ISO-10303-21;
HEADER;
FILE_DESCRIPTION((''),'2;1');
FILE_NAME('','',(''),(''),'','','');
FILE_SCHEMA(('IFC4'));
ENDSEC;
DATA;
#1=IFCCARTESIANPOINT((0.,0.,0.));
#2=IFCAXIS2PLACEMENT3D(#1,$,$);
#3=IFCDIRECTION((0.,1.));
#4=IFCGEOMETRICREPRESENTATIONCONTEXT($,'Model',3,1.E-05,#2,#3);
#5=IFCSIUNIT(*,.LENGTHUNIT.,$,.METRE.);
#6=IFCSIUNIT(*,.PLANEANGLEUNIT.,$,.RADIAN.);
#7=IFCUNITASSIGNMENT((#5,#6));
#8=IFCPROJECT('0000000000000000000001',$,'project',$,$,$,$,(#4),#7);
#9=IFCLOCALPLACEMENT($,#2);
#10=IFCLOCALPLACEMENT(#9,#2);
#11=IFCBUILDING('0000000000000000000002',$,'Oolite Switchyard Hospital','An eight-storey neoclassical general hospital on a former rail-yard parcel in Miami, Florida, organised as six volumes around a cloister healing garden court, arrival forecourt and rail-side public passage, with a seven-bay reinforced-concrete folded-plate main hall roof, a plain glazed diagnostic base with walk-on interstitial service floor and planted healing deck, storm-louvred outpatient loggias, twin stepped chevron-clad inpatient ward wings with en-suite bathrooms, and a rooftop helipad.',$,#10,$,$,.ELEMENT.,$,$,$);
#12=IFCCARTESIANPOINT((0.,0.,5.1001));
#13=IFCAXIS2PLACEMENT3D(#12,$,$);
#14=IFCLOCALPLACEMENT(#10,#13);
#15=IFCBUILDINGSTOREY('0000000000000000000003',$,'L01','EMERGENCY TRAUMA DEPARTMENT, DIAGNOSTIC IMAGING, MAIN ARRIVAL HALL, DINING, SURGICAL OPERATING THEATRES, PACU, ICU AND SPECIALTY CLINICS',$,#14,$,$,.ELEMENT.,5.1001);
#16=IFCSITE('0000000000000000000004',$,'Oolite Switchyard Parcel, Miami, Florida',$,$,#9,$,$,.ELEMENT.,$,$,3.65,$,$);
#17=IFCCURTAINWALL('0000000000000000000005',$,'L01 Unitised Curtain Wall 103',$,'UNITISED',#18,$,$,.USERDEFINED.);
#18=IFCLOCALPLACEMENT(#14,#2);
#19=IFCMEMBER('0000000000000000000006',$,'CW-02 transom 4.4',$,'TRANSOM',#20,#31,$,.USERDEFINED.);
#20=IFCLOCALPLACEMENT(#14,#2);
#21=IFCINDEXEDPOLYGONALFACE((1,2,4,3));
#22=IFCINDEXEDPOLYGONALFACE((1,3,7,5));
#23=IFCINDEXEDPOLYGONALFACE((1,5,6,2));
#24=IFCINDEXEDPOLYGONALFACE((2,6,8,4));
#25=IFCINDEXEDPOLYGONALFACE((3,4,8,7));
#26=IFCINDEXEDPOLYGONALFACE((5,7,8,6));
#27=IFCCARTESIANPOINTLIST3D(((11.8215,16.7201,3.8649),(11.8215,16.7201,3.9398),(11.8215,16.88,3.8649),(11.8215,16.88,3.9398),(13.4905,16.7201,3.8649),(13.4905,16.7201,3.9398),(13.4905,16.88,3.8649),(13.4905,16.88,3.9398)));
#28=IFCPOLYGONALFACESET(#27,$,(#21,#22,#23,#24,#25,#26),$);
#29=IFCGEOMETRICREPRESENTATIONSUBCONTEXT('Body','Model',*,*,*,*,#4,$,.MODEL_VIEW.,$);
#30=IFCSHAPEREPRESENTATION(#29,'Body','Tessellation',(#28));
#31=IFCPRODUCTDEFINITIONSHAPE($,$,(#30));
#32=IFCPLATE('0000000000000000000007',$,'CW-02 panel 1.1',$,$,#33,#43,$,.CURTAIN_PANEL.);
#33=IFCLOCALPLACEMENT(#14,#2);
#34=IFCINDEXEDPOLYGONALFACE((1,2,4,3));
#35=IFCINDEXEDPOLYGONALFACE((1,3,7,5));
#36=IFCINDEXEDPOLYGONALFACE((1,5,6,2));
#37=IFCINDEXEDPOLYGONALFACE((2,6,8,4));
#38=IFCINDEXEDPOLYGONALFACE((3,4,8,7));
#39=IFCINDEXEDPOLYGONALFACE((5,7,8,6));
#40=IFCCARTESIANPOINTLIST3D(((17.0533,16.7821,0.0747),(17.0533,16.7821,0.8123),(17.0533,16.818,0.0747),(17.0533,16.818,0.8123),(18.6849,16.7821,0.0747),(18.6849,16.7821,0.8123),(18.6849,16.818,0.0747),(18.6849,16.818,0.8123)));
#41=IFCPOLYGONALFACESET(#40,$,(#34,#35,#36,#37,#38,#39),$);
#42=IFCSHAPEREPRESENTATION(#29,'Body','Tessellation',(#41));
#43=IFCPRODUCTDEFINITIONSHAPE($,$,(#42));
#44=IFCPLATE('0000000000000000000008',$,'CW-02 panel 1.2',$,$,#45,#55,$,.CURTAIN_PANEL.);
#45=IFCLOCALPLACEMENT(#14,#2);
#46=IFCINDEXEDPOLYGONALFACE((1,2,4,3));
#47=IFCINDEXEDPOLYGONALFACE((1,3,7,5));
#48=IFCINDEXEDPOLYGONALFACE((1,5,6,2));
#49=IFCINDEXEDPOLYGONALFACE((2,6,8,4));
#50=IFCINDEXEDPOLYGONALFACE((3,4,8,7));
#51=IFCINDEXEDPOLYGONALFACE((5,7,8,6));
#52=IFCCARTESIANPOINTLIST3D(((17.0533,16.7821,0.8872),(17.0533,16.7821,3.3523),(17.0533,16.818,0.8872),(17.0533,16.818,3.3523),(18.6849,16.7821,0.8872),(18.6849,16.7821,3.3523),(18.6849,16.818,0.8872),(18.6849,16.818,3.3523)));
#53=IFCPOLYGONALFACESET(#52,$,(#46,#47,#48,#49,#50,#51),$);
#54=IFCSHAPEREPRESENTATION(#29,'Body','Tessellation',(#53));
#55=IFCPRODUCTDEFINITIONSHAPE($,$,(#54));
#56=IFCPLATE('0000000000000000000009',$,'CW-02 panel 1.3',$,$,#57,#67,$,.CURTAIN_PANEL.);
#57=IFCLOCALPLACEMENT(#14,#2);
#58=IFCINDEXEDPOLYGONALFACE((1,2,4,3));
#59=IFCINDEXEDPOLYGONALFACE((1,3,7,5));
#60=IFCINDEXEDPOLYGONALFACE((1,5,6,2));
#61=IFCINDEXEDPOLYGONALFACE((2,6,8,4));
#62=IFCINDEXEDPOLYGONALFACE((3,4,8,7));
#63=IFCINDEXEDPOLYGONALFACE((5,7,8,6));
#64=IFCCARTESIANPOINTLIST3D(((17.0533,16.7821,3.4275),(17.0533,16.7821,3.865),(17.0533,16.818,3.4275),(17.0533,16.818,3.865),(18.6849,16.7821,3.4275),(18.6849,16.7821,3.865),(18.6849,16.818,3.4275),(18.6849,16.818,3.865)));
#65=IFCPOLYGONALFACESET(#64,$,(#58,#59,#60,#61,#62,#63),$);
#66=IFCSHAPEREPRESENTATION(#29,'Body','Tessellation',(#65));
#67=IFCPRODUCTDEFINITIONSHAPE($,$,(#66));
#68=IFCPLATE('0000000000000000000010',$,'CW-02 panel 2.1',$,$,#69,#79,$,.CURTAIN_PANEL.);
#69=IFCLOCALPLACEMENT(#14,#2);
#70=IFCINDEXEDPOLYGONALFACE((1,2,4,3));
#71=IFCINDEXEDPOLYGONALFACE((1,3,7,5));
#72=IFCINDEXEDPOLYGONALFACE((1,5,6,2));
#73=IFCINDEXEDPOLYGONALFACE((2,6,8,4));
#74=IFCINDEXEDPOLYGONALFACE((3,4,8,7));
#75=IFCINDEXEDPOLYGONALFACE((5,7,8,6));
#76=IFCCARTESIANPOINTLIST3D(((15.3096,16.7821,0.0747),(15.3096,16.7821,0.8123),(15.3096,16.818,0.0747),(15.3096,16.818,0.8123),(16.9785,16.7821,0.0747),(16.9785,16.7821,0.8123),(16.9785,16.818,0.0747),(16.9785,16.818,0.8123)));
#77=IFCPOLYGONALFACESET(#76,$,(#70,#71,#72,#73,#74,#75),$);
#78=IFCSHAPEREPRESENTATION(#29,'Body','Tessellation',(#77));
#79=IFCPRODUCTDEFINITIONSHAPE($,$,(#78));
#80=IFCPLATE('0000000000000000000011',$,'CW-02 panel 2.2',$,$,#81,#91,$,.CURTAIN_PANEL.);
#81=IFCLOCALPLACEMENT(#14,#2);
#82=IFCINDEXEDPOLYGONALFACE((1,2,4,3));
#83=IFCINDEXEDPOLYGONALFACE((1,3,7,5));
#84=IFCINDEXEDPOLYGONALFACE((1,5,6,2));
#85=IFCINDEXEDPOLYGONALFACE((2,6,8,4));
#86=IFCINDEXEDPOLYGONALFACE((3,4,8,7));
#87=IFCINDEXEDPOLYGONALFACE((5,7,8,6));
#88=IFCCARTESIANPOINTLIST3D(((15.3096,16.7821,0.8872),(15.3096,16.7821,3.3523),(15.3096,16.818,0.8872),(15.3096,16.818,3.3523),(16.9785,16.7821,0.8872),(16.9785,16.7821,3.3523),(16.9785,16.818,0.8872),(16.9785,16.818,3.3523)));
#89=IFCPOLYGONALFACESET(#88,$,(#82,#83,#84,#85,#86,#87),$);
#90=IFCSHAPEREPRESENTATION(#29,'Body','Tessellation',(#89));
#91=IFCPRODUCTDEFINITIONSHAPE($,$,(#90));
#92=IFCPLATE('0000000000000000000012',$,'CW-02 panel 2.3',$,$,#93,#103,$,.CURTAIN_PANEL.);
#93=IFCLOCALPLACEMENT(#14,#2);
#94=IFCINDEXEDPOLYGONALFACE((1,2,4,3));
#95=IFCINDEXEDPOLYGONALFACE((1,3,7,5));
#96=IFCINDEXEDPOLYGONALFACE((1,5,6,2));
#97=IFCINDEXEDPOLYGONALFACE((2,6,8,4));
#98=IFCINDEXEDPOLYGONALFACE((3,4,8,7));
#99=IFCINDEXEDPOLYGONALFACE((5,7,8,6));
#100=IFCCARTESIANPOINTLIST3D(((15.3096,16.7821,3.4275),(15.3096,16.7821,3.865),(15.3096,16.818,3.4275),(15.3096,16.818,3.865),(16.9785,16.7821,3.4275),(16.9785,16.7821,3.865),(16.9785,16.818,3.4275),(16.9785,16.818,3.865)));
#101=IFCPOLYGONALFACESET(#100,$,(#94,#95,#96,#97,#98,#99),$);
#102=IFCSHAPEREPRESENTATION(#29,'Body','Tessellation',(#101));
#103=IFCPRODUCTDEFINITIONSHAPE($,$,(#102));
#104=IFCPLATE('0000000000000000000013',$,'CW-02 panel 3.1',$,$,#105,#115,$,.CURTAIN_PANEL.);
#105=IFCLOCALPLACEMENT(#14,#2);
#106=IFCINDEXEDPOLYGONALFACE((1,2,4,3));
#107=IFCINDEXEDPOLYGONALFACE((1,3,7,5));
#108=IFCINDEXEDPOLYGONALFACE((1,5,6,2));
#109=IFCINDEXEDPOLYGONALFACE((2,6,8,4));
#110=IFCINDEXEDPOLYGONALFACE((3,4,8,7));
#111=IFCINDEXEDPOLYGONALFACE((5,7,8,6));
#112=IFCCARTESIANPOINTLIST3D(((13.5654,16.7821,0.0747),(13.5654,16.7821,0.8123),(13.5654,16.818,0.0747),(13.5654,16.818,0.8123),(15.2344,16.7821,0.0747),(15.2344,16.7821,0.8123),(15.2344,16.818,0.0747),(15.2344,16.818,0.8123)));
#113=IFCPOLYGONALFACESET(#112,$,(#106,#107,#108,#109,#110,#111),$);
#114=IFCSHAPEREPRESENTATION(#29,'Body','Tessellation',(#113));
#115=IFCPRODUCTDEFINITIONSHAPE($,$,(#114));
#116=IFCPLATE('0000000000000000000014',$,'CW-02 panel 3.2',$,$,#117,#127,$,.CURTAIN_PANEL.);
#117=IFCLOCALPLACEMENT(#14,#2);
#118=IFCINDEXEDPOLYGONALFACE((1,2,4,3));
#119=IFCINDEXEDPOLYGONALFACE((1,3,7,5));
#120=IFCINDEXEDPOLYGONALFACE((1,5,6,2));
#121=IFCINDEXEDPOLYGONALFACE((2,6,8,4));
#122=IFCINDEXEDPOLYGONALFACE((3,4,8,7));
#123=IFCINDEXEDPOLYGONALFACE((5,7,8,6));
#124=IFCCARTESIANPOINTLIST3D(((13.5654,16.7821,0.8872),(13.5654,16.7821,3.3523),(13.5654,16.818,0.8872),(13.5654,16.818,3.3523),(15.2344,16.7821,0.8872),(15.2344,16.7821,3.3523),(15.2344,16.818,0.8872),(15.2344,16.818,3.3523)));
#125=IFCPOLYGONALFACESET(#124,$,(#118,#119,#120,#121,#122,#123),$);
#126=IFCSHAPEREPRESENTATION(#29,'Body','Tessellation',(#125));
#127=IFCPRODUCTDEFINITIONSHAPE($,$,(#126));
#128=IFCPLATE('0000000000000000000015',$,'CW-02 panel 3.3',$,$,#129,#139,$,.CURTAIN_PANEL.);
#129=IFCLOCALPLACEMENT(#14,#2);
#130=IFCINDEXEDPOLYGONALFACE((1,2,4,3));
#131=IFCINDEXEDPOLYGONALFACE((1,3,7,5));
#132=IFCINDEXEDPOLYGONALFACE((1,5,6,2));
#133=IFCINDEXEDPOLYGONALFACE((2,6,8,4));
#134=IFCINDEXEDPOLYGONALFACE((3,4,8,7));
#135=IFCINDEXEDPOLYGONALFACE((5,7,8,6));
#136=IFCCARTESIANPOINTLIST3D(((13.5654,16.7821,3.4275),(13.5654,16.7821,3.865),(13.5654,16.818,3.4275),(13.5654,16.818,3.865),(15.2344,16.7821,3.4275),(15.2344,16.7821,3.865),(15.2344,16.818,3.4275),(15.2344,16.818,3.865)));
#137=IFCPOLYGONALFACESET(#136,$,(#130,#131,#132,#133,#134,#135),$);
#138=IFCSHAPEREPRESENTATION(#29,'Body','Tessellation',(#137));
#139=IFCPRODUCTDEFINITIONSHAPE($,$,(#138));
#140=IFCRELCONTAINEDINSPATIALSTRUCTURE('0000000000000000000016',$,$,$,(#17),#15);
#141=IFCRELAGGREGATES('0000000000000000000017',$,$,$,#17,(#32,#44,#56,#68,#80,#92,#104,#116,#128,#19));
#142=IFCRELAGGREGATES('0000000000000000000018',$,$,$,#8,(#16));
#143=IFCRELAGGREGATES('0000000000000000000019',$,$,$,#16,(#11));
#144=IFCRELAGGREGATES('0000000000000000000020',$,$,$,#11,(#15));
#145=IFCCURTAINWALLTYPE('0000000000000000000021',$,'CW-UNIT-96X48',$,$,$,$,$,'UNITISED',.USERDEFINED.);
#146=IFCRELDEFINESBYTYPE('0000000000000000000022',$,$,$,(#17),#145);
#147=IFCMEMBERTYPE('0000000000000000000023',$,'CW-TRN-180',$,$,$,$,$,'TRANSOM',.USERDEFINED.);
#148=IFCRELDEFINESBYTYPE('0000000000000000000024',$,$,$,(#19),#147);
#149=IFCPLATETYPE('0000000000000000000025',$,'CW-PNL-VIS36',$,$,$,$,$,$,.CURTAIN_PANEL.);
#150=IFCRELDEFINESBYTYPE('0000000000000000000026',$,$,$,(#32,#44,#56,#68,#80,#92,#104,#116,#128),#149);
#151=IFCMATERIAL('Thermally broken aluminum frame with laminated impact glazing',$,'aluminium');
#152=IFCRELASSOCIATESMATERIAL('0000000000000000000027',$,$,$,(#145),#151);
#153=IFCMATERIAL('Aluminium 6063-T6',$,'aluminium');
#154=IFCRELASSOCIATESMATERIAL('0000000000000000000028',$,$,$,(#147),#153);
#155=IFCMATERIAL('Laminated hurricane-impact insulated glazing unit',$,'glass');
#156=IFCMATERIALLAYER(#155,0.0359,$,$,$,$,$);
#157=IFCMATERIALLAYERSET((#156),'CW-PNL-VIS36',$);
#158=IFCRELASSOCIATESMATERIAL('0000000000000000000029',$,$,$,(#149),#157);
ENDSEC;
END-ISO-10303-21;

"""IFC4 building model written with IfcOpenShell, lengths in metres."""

from ifc_helpers import new_model, si_unit, direction, frame, origin, origin_2d, place, context, subcontext, project, spatial, rectangle, extrude, material, layer, layer_set, material_profile, profile_set, type_object, element, aggregate, save


model = new_model("IFC4")

# Units and contexts
model_context = context("Model", 3, precision=1e-05, world=origin(), true_north=direction((0.0, 1.0)))
body_context = subcontext(model_context, "Body", "Model", "MODEL_VIEW")
ifc_project = project(units=[si_unit("LENGTHUNIT", "METRE"), si_unit("PLANEANGLEUNIT", "RADIAN")], contexts=[model_context])

# Site, building, storey
site_placement = place(None, origin())
site = spatial("IfcSite", under=ifc_project, at=site_placement, Name="Oolite Switchyard Parcel, Miami, Florida", CompositionType="ELEMENT", RefElevation=3.65)
building_placement = place(site_placement, origin())
building = spatial("IfcBuilding", under=site, at=building_placement, Name="Oolite Switchyard Hospital", Description="An eight-storey neoclassical general hospital on a former rail-yard parcel in Miami, Florida, organised as six volumes around a cloister healing garden court, arrival forecourt and rail-side public passage, with a seven-bay reinforced-concrete folded-plate main hall roof, a plain glazed diagnostic base with walk-on interstitial service floor and planted healing deck, storm-louvred outpatient loggias, twin stepped chevron-clad inpatient ward wings with en-suite bathrooms, and a rooftop helipad.", CompositionType="ELEMENT")
storey_placement = place(building_placement, frame((0.0, 0.0, 5.1001)))
storey = spatial("IfcBuildingStorey", under=building, at=storey_placement, Name="L01", Description="EMERGENCY TRAUMA DEPARTMENT, DIAGNOSTIC IMAGING, MAIN ARRIVAL HALL, DINING, SURGICAL OPERATING THEATRES, PACU, ICU AND SPECIALTY CLINICS", CompositionType="ELEMENT", Elevation=5.1001)

# Curtain wall, member, plates
ifc_material_1 = material(Name="Thermally broken aluminum frame with laminated impact glazing", Category="aluminium")
curtain_wall_type = type_object("IfcCurtainWallType", Name="CW-UNIT-96X48", ElementType="UNITISED", PredefinedType="USERDEFINED", material=ifc_material_1)
curtain_wall_placement = place(storey_placement, origin())
curtain_wall = element("IfcCurtainWall", 1, at=curtain_wall_placement, inside=storey, type_object=curtain_wall_type, Name="L01 Unitised Curtain Wall 103", ObjectType="UNITISED", PredefinedType="USERDEFINED")
ifc_material_2 = material(Name="Aluminium 6063-T6", Category="aluminium")
ifc_material_profile_1 = material_profile(ifc_material_2, rectangle(XDim=0.1599, YDim=0.075, at=origin_2d()), Name="CWT75X160")
ifc_profile_set_1 = profile_set([ifc_material_profile_1], Name="Aluminium 6063-T6")
member_type_1 = type_object("IfcMemberType", Name="CW-TRN-180", ElementType="TRANSOM", PredefinedType="USERDEFINED", material=ifc_profile_set_1)
member_1_placement = place(storey_placement, frame((13.4905, 16.8, 3.9023), z_axis=(-1.0, 0.0, 0.0), x_axis=(0.0, -1.0, 0.0)))
member_1 = element("IfcMember", 2, at=member_1_placement, type_object=member_type_1, Name="CW-02 transom 4.4", ObjectType="TRANSOM", PredefinedType="USERDEFINED", context=body_context, shape_type="SweptSolid", body=[
    extrude(rectangle(XDim=0.1599, YDim=0.075, at=origin_2d()), origin(), (0.0, 0.0, 1.0), 1.6689),
])
ifc_material_3 = material(Name="Laminated hurricane-impact insulated glazing unit", Category="glass")
ifc_layer = layer(ifc_material_3, 0.0359)
ifc_layer_set = layer_set([ifc_layer], Name="CW-PNL-VIS36")
plate_type = type_object("IfcPlateType", Name="CW-PNL-VIS36", PredefinedType="CURTAIN_PANEL", material=ifc_layer_set)
plate_1_placement = place(storey_placement, frame((17.8691, 16.8, 0.0747), z_axis=(0.0, 0.0, 1.0), x_axis=(-1.0, 0.0, 0.0)))
plate_1 = element("IfcPlate", 3, at=plate_1_placement, type_object=plate_type, Name="CW-02 panel 1.1", PredefinedType="CURTAIN_PANEL", context=body_context, shape_type="SweptSolid", body=[
    extrude(rectangle(XDim=1.6316, YDim=0.0359, at=origin_2d()), origin(), (0.0, 0.0, 1.0), 0.7375),
])
plate_2_placement = place(storey_placement, frame((17.8691, 16.8, 0.8872), z_axis=(0.0, 0.0, 1.0), x_axis=(-1.0, 0.0, 0.0)))
plate_2 = element("IfcPlate", 4, at=plate_2_placement, type_object=plate_type, Name="CW-02 panel 1.2", PredefinedType="CURTAIN_PANEL", context=body_context, shape_type="SweptSolid", body=[
    extrude(rectangle(XDim=1.6316, YDim=0.0359, at=origin_2d()), origin(), (0.0, 0.0, 1.0), 2.4651),
])
plate_3_placement = place(storey_placement, frame((17.8691, 16.8, 3.4275), z_axis=(0.0, 0.0, 1.0), x_axis=(-1.0, 0.0, 0.0)))
plate_3 = element("IfcPlate", 5, at=plate_3_placement, type_object=plate_type, Name="CW-02 panel 1.3", PredefinedType="CURTAIN_PANEL", context=body_context, shape_type="SweptSolid", body=[
    extrude(rectangle(XDim=1.6316, YDim=0.0359, at=origin_2d()), origin(), (0.0, 0.0, 1.0), 0.4375),
])
plate_4_placement = place(storey_placement, frame((16.144, 16.8, 0.0747), z_axis=(0.0, 0.0, 1.0), x_axis=(-1.0, 0.0, 0.0)))
plate_4 = element("IfcPlate", 6, at=plate_4_placement, type_object=plate_type, Name="CW-02 panel 2.1", PredefinedType="CURTAIN_PANEL", context=body_context, shape_type="SweptSolid", body=[
    extrude(rectangle(XDim=1.6689, YDim=0.0359, at=origin_2d()), origin(), (0.0, 0.0, 1.0), 0.7375),
])
plate_5_placement = place(storey_placement, frame((16.144, 16.8, 0.8872), z_axis=(0.0, 0.0, 1.0), x_axis=(-1.0, 0.0, 0.0)))
plate_5 = element("IfcPlate", 7, at=plate_5_placement, type_object=plate_type, Name="CW-02 panel 2.2", PredefinedType="CURTAIN_PANEL", context=body_context, shape_type="SweptSolid", body=[
    extrude(rectangle(XDim=1.6689, YDim=0.0359, at=origin_2d()), origin(), (0.0, 0.0, 1.0), 2.4651),
])
plate_6_placement = place(storey_placement, frame((16.144, 16.8, 3.4275), z_axis=(0.0, 0.0, 1.0), x_axis=(-1.0, 0.0, 0.0)))
plate_6 = element("IfcPlate", 8, at=plate_6_placement, type_object=plate_type, Name="CW-02 panel 2.3", PredefinedType="CURTAIN_PANEL", context=body_context, shape_type="SweptSolid", body=[
    extrude(rectangle(XDim=1.6689, YDim=0.0359, at=origin_2d()), origin(), (0.0, 0.0, 1.0), 0.4375),
])
plate_7_placement = place(storey_placement, frame((14.3999, 16.8, 0.0747), z_axis=(0.0, 0.0, 1.0), x_axis=(-1.0, 0.0, 0.0)))
plate_7 = element("IfcPlate", 9, at=plate_7_placement, type_object=plate_type, Name="CW-02 panel 3.1", PredefinedType="CURTAIN_PANEL", context=body_context, shape_type="SweptSolid", body=[
    extrude(rectangle(XDim=1.6689, YDim=0.0359, at=origin_2d()), origin(), (0.0, 0.0, 1.0), 0.7375),
])
plate_8_placement = place(storey_placement, frame((14.3999, 16.8, 0.8872), z_axis=(0.0, 0.0, 1.0), x_axis=(-1.0, 0.0, 0.0)))
plate_8 = element("IfcPlate", 10, at=plate_8_placement, type_object=plate_type, Name="CW-02 panel 3.2", PredefinedType="CURTAIN_PANEL", context=body_context, shape_type="SweptSolid", body=[
    extrude(rectangle(XDim=1.6689, YDim=0.0359, at=origin_2d()), origin(), (0.0, 0.0, 1.0), 2.4651),
])
plate_9_placement = place(storey_placement, frame((14.3999, 16.8, 3.4275), z_axis=(0.0, 0.0, 1.0), x_axis=(-1.0, 0.0, 0.0)))
plate_9 = element("IfcPlate", 11, at=plate_9_placement, type_object=plate_type, Name="CW-02 panel 3.3", PredefinedType="CURTAIN_PANEL", context=body_context, shape_type="SweptSolid", body=[
    extrude(rectangle(XDim=1.6689, YDim=0.0359, at=origin_2d()), origin(), (0.0, 0.0, 1.0), 0.4375),
])
aggregate(curtain_wall, [plate_1, plate_2, plate_3, plate_4, plate_5, plate_6, plate_7, plate_8, plate_9, member_1])

save(model, "model.ifc")
